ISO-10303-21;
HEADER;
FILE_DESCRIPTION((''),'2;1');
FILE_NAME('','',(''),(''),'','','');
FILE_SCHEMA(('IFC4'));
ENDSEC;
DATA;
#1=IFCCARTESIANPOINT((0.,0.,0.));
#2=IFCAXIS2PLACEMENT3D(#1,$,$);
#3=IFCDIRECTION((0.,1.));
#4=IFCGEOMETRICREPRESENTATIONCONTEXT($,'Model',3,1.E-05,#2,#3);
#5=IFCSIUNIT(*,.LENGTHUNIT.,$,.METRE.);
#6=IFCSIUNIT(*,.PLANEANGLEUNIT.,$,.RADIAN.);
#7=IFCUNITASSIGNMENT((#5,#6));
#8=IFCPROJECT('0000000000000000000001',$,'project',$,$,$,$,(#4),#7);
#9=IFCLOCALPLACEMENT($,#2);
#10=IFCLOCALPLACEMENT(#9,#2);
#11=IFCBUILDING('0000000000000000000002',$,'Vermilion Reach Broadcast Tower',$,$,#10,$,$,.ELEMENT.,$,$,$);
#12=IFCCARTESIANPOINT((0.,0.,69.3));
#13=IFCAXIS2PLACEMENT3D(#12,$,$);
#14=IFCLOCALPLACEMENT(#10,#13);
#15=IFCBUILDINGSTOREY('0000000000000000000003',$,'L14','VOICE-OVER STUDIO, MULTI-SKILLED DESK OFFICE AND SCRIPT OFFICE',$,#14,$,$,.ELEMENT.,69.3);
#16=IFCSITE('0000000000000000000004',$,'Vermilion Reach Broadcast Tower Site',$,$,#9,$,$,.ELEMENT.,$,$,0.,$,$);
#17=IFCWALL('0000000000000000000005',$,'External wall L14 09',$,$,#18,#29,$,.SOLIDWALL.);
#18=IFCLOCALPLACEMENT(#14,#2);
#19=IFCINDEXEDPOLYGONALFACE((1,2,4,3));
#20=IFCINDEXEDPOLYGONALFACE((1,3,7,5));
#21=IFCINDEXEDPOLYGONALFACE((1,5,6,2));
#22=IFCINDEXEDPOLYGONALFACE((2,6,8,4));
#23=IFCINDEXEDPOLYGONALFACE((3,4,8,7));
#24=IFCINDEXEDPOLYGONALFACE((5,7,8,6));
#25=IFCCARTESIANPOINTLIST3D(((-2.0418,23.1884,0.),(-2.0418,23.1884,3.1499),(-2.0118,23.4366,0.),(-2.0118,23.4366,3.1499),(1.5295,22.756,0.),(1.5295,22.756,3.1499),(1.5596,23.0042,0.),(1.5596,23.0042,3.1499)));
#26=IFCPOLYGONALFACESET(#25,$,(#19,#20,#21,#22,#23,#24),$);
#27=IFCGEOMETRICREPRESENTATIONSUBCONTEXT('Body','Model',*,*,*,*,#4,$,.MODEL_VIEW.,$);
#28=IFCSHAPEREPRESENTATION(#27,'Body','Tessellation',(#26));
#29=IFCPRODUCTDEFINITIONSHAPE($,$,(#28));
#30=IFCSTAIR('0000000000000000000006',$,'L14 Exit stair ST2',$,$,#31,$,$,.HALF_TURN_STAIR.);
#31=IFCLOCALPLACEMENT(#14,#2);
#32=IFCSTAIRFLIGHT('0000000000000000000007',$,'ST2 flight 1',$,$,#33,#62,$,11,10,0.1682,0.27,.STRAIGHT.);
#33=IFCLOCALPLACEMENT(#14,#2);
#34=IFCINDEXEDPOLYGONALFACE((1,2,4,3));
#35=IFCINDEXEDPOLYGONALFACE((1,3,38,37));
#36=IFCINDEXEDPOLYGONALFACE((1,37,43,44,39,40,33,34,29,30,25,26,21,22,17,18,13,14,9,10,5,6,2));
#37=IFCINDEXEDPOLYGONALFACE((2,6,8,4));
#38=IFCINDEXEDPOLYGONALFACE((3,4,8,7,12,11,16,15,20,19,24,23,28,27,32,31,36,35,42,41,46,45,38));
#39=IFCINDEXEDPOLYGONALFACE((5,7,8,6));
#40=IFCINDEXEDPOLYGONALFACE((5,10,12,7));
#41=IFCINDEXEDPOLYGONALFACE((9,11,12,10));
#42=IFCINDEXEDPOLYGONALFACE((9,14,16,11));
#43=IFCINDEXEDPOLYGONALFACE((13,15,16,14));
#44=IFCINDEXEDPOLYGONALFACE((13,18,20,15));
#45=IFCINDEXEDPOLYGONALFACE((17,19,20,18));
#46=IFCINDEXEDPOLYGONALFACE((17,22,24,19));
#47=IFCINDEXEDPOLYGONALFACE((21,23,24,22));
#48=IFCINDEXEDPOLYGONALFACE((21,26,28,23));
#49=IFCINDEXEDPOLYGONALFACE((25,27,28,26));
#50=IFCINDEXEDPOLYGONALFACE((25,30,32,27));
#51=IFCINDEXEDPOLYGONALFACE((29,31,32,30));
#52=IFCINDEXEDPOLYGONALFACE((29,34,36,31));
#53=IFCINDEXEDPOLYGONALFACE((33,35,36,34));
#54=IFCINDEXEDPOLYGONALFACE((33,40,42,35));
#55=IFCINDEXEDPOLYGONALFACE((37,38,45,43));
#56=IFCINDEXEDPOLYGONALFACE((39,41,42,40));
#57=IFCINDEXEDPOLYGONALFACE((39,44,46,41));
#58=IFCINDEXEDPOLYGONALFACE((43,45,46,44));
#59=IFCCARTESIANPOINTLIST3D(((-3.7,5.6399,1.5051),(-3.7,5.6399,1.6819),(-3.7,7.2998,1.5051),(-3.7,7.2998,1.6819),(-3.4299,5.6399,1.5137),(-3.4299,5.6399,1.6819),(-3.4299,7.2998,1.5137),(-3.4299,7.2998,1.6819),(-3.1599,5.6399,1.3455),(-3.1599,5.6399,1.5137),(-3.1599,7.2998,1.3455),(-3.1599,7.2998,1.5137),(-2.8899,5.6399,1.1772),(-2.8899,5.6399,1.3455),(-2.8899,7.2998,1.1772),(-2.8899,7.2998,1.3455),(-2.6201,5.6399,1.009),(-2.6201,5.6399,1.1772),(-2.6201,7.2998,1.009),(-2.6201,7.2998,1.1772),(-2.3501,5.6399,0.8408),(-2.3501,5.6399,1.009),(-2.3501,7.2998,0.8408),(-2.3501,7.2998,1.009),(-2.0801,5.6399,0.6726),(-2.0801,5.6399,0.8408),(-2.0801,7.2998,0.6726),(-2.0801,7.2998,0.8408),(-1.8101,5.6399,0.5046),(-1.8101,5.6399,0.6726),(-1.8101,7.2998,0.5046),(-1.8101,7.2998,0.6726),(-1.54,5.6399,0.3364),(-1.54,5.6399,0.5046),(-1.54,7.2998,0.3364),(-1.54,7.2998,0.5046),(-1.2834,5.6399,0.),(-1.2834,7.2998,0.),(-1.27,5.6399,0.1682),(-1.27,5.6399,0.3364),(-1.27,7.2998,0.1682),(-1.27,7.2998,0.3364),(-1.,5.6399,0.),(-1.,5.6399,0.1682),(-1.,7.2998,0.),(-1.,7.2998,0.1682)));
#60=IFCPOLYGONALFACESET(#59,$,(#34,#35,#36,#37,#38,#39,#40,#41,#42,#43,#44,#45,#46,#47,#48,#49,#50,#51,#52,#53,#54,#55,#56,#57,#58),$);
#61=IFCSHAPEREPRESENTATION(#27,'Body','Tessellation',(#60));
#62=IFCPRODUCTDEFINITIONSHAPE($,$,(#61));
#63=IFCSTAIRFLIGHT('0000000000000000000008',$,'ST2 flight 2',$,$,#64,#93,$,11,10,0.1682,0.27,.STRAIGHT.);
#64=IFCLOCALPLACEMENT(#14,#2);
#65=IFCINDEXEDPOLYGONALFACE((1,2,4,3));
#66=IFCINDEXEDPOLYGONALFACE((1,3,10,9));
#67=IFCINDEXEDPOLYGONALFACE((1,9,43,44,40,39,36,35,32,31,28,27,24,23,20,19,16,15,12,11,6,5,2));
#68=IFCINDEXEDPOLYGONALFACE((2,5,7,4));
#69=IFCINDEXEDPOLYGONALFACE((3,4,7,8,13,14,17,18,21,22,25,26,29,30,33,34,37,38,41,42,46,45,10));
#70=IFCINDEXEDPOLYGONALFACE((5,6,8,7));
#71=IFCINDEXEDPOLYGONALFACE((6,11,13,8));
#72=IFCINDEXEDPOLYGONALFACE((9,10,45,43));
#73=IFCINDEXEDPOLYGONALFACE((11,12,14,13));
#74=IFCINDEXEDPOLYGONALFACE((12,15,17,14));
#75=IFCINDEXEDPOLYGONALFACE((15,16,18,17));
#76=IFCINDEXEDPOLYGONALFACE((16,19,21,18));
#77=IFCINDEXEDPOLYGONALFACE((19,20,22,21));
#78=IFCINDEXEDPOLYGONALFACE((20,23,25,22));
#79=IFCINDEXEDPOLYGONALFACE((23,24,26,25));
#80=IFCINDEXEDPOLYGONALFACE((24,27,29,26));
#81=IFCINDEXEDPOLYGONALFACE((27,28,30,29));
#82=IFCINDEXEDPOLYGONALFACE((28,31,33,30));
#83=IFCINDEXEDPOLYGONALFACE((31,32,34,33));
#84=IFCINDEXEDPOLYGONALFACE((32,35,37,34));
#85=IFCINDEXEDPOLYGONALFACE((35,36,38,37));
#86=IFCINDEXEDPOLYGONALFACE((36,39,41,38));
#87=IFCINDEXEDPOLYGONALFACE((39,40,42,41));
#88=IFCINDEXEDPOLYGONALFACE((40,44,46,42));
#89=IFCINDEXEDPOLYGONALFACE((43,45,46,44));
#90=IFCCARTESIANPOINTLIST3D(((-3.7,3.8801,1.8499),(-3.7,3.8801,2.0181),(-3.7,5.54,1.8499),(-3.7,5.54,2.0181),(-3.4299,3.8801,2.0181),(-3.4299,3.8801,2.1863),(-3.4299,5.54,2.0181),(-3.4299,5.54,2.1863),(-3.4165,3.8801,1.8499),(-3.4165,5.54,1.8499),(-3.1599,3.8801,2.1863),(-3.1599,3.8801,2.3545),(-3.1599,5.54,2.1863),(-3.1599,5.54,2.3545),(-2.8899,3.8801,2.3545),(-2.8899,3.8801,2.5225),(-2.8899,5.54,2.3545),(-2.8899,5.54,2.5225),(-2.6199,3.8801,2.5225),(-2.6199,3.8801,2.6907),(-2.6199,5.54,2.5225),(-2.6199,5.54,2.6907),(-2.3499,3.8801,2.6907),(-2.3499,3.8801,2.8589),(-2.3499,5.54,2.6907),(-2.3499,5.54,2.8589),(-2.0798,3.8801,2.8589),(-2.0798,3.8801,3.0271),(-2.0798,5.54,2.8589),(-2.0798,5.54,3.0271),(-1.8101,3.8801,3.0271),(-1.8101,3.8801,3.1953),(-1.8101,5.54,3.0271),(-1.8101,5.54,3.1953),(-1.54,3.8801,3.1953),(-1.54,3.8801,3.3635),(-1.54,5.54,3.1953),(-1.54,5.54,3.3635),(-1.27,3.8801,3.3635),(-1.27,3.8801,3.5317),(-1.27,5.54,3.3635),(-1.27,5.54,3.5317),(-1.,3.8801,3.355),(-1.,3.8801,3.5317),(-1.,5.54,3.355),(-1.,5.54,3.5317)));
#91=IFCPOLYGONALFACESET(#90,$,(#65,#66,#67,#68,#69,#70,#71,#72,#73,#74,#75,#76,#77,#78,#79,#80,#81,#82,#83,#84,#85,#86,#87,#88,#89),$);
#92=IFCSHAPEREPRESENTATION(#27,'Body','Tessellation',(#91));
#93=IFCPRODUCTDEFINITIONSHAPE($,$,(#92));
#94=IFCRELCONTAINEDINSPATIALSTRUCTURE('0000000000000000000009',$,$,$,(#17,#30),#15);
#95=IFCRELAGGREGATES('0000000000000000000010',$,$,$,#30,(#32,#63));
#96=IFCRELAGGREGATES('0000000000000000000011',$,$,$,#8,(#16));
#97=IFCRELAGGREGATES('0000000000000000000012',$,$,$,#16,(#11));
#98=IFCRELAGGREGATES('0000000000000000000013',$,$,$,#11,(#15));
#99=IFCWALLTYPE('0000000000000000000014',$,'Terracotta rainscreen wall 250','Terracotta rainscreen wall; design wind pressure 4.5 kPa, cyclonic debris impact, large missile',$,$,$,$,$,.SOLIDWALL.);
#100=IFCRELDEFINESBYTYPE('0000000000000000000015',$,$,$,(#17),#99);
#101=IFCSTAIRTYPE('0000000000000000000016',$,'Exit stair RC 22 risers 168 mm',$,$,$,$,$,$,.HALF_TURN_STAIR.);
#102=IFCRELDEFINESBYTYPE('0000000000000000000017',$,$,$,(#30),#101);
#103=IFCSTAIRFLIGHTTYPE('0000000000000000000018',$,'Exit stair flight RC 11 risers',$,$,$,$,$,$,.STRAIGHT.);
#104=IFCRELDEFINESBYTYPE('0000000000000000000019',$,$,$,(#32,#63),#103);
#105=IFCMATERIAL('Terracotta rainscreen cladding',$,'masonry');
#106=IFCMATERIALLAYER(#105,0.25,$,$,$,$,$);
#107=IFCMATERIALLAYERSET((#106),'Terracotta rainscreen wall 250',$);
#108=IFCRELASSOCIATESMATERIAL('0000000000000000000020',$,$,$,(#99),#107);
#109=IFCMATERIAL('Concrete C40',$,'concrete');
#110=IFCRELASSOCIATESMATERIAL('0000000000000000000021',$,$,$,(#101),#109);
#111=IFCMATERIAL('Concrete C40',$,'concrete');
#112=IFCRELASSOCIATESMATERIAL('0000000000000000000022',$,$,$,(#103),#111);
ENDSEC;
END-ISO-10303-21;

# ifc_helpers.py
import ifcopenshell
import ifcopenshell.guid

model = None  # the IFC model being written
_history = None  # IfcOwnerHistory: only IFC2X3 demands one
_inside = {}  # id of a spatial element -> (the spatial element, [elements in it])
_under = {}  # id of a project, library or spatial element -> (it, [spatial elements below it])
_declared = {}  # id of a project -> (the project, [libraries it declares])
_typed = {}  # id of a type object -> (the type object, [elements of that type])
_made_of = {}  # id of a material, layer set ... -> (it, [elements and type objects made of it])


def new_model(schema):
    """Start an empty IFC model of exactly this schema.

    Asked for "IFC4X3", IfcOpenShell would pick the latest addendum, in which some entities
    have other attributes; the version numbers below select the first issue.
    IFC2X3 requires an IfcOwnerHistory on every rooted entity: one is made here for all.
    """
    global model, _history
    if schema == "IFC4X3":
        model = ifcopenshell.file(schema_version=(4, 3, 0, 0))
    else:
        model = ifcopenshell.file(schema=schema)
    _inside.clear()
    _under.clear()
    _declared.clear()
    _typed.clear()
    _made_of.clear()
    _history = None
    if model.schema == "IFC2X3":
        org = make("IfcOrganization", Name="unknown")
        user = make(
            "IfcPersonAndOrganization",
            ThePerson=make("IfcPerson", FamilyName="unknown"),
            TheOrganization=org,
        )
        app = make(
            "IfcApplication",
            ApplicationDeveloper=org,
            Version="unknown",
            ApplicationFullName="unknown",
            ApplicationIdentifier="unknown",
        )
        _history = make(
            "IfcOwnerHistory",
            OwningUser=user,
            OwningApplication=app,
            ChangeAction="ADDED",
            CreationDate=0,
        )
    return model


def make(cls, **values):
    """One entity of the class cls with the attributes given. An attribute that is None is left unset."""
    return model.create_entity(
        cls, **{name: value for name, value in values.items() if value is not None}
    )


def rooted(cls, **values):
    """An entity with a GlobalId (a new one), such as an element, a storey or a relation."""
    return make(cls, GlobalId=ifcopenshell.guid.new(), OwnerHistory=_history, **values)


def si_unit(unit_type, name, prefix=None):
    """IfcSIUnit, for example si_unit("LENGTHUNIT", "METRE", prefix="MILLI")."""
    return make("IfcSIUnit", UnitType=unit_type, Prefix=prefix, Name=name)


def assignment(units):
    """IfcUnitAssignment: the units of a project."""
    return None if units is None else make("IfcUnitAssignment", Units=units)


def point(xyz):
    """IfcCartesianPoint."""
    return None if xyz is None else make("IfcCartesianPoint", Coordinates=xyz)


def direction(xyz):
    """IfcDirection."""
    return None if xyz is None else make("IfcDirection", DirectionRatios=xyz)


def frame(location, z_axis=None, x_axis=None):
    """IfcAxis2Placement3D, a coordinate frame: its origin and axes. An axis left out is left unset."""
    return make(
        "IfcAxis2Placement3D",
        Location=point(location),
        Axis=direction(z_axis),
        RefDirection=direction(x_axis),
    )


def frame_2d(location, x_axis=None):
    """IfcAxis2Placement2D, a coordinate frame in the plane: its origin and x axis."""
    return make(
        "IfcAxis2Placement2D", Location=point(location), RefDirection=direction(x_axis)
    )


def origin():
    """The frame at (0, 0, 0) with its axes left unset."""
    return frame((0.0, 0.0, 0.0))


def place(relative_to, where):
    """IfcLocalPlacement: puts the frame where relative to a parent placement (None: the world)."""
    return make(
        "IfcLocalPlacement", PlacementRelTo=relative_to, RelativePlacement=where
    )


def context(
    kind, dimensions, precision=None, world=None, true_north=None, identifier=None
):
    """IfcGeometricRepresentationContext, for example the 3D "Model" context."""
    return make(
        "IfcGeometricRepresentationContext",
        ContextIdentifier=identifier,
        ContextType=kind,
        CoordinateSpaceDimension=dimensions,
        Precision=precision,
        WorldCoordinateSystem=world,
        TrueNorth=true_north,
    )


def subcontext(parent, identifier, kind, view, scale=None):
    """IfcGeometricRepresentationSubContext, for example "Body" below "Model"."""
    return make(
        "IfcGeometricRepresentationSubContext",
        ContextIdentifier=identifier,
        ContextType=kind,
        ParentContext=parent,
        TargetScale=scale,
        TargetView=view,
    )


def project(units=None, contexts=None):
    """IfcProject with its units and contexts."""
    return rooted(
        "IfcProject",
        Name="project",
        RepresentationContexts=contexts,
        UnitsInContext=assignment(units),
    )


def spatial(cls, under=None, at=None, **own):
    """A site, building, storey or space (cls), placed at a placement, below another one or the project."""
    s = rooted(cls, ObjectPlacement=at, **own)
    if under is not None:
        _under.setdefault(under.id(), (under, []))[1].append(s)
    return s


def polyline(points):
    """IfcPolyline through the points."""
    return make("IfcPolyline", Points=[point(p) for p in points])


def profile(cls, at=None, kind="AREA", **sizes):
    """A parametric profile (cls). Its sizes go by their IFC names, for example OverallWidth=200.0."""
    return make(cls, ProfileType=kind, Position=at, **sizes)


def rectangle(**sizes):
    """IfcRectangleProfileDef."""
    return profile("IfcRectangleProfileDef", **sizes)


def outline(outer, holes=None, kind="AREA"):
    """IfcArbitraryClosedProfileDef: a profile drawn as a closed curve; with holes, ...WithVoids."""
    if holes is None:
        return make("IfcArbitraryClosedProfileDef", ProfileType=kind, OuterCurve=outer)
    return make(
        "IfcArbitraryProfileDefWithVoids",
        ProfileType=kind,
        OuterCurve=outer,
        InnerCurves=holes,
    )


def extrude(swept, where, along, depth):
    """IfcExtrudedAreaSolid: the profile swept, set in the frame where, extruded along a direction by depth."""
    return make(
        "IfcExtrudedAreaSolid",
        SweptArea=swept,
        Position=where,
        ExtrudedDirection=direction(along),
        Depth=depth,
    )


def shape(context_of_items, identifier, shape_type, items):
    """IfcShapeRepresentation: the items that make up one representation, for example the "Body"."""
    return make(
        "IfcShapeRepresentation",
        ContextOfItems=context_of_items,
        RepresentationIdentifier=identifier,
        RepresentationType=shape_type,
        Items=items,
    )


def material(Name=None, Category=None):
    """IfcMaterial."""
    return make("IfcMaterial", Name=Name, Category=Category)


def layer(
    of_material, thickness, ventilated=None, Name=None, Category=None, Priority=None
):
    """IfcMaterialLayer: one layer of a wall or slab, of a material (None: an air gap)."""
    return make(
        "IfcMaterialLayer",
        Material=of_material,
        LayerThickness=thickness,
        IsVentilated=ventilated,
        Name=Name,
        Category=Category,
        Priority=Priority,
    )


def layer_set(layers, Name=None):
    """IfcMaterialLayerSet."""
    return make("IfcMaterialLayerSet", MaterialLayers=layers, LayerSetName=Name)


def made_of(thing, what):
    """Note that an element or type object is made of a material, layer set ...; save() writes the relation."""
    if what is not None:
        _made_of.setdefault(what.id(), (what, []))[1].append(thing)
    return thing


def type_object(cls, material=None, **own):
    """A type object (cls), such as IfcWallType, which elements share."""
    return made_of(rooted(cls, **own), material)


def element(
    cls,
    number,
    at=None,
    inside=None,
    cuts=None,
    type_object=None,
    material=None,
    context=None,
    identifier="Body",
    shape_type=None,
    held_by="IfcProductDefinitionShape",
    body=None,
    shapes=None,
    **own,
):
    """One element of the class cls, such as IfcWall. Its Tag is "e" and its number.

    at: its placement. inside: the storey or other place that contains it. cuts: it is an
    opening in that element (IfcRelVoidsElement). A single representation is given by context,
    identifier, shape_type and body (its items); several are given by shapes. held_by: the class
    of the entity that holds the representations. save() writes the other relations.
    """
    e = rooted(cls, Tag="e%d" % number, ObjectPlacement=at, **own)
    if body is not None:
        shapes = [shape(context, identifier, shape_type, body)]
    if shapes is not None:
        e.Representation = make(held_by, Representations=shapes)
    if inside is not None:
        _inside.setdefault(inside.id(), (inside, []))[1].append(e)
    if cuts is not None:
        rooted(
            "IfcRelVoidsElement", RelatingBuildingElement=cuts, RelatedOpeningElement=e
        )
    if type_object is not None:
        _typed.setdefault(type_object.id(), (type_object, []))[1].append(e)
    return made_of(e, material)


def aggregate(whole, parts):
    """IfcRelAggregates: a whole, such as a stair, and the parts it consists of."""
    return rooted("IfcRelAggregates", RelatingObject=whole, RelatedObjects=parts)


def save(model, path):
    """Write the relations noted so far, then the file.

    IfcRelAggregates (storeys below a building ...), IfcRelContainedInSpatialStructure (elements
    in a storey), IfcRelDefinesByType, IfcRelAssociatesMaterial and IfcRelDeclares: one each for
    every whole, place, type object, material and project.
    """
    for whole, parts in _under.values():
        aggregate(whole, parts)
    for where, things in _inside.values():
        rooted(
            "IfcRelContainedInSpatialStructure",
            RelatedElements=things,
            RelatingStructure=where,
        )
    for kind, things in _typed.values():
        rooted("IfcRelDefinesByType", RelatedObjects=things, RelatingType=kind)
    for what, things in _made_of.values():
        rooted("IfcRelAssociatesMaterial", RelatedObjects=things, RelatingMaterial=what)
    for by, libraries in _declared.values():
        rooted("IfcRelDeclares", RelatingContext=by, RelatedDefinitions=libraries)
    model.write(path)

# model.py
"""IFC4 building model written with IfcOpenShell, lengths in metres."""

from ifc_helpers import new_model, si_unit, direction, frame, frame_2d, origin, place, context, subcontext, project, spatial, polyline, rectangle, outline, extrude, material, layer, layer_set, type_object, element, aggregate, save


model = new_model("IFC4")

# Units and contexts
model_context = context("Model", 3, precision=1e-05, world=origin(), true_north=direction((0.0, 1.0)))
body_context = subcontext(model_context, "Body", "Model", "MODEL_VIEW")
ifc_project = project(units=[si_unit("LENGTHUNIT", "METRE"), si_unit("PLANEANGLEUNIT", "RADIAN")], contexts=[model_context])

# Site, building, storey
site_placement = place(None, origin())
site = spatial("IfcSite", under=ifc_project, at=site_placement, Name="Vermilion Reach Broadcast Tower Site", CompositionType="ELEMENT", RefElevation=0.0)
building_placement = place(site_placement, origin())
building = spatial("IfcBuilding", under=site, at=building_placement, Name="Vermilion Reach Broadcast Tower", CompositionType="ELEMENT")
storey_placement = place(building_placement, frame((0.0, 0.0, 69.3)))
storey = spatial("IfcBuildingStorey", under=building, at=storey_placement, Name="L14", Description="VOICE-OVER STUDIO, MULTI-SKILLED DESK OFFICE AND SCRIPT OFFICE", CompositionType="ELEMENT", Elevation=69.3)

# Shared definitions
placement = place(storey_placement, origin())

# Shared definitions
ifc_material_1 = material(Name="Terracotta rainscreen cladding", Category="masonry")
ifc_layer_1 = layer(ifc_material_1, 0.25)
ifc_layer_set_1 = layer_set([ifc_layer_1], Name="Terracotta rainscreen wall 250")
wall_type_1 = type_object("IfcWallType", Name="Terracotta rainscreen wall 250", Description="Terracotta rainscreen wall; design wind pressure 4.5 kPa, cyclonic debris impact, large missile", PredefinedType="SOLIDWALL", material=ifc_layer_set_1)

# Wall
wall_1_placement = place(storey_placement, frame((1.5447, 22.8801, 0.0), z_axis=(0.0, 0.0, 1.0), x_axis=(-0.992751, 0.120192, 0.0)))
element("IfcWall", 1, at=wall_1_placement, inside=storey, type_object=wall_type_1, Name="External wall L14 09", PredefinedType="SOLIDWALL", context=body_context, shape_type="SweptSolid", body=[
    extrude(rectangle(XDim=3.5974, YDim=0.25, at=frame_2d((1.7988, 0.0))), origin(), (0.0, 0.0, 1.0), 3.1499),
])

# Stair, stair flights
ifc_material_2 = material(Name="Concrete C40", Category="concrete")
stair_type = type_object("IfcStairType", Name="Exit stair RC 22 risers 168 mm", PredefinedType="HALF_TURN_STAIR", material=ifc_material_2)
stair = element("IfcStair", 2, at=placement, inside=storey, type_object=stair_type, Name="L14 Exit stair ST2", PredefinedType="HALF_TURN_STAIR")
ifc_material_3 = material(Name="Concrete C40", Category="concrete")
stair_flight_type = type_object("IfcStairFlightType", Name="Exit stair flight RC 11 risers", PredefinedType="STRAIGHT", material=ifc_material_3)
stair_flight_1_placement = place(storey_placement, frame((-1.0, 6.47, 0.0), z_axis=(0.0, 0.0, 1.0), x_axis=(-1.0, 0.0, 0.0)))
stair_flight_1 = element("IfcStairFlight", 3, at=stair_flight_1_placement, type_object=stair_flight_type, Name="ST2 flight 1", NumberOfRisers=11, NumberOfTreads=10, PredefinedType="STRAIGHT", RiserHeight=0.1682, TreadLength=0.27, context=body_context, shape_type="SweptSolid", body=[
    extrude(outline(polyline([(0.0, 0.0), (0.0, 0.1682), (0.27, 0.1682), (0.27, 0.3364), (0.54, 0.3364), (0.54, 0.5046), (0.8101, 0.5046), (0.8101, 0.6726), (1.0801, 0.6726), (1.0801, 0.8408), (1.3501, 0.8408), (1.3501, 1.009), (1.6201, 1.009), (1.6201, 1.1772), (1.8899, 1.1772), (1.8899, 1.3455), (2.1599, 1.3455), (2.1599, 1.5137), (2.4299, 1.5137), (2.4299, 1.6819), (2.7, 1.6819), (2.7, 1.8501), (2.7, 1.5051), (0.2834, 0.0), (0.0, 0.0)])), frame((0.0, 0.8301, 0.0), z_axis=(0.0, -1.0, 0.0), x_axis=(1.0, 0.0, 0.0)), (0.0, 0.0, 1.0), 1.6599),
])
stair_flight_2_placement = place(storey_placement, frame((-3.7, 4.71, 1.8499), z_axis=(0.0, 0.0, 1.0), x_axis=(1.0, 0.0, 0.0)))
stair_flight_2 = element("IfcStairFlight", 4, at=stair_flight_2_placement, type_object=stair_flight_type, Name="ST2 flight 2", NumberOfRisers=11, NumberOfTreads=10, PredefinedType="STRAIGHT", RiserHeight=0.1682, TreadLength=0.27, context=body_context, shape_type="SweptSolid", body=[
    extrude(outline(polyline([(0.0, 0.0), (0.0, 0.1682), (0.27, 0.1682), (0.27, 0.3364), (0.54, 0.3364), (0.54, 0.5046), (0.8101, 0.5046), (0.8101, 0.6726), (1.0801, 0.6726), (1.0801, 0.8408), (1.3501, 0.8408), (1.3501, 1.009), (1.6201, 1.009), (1.6201, 1.1772), (1.8899, 1.1772), (1.8899, 1.3455), (2.1599, 1.3455), (2.1599, 1.5137), (2.4299, 1.5137), (2.4299, 1.6819), (2.7, 1.6819), (2.7, 1.8501), (2.7, 1.5051), (0.2834, 0.0), (0.0, 0.0)])), frame((0.0, 0.8301, 0.0), z_axis=(0.0, -1.0, 0.0), x_axis=(1.0, 0.0, 0.0)), (0.0, 0.0, 1.0), 1.6599),
])
aggregate(stair, [stair_flight_1, stair_flight_2])

save(model, "model.ifc")
